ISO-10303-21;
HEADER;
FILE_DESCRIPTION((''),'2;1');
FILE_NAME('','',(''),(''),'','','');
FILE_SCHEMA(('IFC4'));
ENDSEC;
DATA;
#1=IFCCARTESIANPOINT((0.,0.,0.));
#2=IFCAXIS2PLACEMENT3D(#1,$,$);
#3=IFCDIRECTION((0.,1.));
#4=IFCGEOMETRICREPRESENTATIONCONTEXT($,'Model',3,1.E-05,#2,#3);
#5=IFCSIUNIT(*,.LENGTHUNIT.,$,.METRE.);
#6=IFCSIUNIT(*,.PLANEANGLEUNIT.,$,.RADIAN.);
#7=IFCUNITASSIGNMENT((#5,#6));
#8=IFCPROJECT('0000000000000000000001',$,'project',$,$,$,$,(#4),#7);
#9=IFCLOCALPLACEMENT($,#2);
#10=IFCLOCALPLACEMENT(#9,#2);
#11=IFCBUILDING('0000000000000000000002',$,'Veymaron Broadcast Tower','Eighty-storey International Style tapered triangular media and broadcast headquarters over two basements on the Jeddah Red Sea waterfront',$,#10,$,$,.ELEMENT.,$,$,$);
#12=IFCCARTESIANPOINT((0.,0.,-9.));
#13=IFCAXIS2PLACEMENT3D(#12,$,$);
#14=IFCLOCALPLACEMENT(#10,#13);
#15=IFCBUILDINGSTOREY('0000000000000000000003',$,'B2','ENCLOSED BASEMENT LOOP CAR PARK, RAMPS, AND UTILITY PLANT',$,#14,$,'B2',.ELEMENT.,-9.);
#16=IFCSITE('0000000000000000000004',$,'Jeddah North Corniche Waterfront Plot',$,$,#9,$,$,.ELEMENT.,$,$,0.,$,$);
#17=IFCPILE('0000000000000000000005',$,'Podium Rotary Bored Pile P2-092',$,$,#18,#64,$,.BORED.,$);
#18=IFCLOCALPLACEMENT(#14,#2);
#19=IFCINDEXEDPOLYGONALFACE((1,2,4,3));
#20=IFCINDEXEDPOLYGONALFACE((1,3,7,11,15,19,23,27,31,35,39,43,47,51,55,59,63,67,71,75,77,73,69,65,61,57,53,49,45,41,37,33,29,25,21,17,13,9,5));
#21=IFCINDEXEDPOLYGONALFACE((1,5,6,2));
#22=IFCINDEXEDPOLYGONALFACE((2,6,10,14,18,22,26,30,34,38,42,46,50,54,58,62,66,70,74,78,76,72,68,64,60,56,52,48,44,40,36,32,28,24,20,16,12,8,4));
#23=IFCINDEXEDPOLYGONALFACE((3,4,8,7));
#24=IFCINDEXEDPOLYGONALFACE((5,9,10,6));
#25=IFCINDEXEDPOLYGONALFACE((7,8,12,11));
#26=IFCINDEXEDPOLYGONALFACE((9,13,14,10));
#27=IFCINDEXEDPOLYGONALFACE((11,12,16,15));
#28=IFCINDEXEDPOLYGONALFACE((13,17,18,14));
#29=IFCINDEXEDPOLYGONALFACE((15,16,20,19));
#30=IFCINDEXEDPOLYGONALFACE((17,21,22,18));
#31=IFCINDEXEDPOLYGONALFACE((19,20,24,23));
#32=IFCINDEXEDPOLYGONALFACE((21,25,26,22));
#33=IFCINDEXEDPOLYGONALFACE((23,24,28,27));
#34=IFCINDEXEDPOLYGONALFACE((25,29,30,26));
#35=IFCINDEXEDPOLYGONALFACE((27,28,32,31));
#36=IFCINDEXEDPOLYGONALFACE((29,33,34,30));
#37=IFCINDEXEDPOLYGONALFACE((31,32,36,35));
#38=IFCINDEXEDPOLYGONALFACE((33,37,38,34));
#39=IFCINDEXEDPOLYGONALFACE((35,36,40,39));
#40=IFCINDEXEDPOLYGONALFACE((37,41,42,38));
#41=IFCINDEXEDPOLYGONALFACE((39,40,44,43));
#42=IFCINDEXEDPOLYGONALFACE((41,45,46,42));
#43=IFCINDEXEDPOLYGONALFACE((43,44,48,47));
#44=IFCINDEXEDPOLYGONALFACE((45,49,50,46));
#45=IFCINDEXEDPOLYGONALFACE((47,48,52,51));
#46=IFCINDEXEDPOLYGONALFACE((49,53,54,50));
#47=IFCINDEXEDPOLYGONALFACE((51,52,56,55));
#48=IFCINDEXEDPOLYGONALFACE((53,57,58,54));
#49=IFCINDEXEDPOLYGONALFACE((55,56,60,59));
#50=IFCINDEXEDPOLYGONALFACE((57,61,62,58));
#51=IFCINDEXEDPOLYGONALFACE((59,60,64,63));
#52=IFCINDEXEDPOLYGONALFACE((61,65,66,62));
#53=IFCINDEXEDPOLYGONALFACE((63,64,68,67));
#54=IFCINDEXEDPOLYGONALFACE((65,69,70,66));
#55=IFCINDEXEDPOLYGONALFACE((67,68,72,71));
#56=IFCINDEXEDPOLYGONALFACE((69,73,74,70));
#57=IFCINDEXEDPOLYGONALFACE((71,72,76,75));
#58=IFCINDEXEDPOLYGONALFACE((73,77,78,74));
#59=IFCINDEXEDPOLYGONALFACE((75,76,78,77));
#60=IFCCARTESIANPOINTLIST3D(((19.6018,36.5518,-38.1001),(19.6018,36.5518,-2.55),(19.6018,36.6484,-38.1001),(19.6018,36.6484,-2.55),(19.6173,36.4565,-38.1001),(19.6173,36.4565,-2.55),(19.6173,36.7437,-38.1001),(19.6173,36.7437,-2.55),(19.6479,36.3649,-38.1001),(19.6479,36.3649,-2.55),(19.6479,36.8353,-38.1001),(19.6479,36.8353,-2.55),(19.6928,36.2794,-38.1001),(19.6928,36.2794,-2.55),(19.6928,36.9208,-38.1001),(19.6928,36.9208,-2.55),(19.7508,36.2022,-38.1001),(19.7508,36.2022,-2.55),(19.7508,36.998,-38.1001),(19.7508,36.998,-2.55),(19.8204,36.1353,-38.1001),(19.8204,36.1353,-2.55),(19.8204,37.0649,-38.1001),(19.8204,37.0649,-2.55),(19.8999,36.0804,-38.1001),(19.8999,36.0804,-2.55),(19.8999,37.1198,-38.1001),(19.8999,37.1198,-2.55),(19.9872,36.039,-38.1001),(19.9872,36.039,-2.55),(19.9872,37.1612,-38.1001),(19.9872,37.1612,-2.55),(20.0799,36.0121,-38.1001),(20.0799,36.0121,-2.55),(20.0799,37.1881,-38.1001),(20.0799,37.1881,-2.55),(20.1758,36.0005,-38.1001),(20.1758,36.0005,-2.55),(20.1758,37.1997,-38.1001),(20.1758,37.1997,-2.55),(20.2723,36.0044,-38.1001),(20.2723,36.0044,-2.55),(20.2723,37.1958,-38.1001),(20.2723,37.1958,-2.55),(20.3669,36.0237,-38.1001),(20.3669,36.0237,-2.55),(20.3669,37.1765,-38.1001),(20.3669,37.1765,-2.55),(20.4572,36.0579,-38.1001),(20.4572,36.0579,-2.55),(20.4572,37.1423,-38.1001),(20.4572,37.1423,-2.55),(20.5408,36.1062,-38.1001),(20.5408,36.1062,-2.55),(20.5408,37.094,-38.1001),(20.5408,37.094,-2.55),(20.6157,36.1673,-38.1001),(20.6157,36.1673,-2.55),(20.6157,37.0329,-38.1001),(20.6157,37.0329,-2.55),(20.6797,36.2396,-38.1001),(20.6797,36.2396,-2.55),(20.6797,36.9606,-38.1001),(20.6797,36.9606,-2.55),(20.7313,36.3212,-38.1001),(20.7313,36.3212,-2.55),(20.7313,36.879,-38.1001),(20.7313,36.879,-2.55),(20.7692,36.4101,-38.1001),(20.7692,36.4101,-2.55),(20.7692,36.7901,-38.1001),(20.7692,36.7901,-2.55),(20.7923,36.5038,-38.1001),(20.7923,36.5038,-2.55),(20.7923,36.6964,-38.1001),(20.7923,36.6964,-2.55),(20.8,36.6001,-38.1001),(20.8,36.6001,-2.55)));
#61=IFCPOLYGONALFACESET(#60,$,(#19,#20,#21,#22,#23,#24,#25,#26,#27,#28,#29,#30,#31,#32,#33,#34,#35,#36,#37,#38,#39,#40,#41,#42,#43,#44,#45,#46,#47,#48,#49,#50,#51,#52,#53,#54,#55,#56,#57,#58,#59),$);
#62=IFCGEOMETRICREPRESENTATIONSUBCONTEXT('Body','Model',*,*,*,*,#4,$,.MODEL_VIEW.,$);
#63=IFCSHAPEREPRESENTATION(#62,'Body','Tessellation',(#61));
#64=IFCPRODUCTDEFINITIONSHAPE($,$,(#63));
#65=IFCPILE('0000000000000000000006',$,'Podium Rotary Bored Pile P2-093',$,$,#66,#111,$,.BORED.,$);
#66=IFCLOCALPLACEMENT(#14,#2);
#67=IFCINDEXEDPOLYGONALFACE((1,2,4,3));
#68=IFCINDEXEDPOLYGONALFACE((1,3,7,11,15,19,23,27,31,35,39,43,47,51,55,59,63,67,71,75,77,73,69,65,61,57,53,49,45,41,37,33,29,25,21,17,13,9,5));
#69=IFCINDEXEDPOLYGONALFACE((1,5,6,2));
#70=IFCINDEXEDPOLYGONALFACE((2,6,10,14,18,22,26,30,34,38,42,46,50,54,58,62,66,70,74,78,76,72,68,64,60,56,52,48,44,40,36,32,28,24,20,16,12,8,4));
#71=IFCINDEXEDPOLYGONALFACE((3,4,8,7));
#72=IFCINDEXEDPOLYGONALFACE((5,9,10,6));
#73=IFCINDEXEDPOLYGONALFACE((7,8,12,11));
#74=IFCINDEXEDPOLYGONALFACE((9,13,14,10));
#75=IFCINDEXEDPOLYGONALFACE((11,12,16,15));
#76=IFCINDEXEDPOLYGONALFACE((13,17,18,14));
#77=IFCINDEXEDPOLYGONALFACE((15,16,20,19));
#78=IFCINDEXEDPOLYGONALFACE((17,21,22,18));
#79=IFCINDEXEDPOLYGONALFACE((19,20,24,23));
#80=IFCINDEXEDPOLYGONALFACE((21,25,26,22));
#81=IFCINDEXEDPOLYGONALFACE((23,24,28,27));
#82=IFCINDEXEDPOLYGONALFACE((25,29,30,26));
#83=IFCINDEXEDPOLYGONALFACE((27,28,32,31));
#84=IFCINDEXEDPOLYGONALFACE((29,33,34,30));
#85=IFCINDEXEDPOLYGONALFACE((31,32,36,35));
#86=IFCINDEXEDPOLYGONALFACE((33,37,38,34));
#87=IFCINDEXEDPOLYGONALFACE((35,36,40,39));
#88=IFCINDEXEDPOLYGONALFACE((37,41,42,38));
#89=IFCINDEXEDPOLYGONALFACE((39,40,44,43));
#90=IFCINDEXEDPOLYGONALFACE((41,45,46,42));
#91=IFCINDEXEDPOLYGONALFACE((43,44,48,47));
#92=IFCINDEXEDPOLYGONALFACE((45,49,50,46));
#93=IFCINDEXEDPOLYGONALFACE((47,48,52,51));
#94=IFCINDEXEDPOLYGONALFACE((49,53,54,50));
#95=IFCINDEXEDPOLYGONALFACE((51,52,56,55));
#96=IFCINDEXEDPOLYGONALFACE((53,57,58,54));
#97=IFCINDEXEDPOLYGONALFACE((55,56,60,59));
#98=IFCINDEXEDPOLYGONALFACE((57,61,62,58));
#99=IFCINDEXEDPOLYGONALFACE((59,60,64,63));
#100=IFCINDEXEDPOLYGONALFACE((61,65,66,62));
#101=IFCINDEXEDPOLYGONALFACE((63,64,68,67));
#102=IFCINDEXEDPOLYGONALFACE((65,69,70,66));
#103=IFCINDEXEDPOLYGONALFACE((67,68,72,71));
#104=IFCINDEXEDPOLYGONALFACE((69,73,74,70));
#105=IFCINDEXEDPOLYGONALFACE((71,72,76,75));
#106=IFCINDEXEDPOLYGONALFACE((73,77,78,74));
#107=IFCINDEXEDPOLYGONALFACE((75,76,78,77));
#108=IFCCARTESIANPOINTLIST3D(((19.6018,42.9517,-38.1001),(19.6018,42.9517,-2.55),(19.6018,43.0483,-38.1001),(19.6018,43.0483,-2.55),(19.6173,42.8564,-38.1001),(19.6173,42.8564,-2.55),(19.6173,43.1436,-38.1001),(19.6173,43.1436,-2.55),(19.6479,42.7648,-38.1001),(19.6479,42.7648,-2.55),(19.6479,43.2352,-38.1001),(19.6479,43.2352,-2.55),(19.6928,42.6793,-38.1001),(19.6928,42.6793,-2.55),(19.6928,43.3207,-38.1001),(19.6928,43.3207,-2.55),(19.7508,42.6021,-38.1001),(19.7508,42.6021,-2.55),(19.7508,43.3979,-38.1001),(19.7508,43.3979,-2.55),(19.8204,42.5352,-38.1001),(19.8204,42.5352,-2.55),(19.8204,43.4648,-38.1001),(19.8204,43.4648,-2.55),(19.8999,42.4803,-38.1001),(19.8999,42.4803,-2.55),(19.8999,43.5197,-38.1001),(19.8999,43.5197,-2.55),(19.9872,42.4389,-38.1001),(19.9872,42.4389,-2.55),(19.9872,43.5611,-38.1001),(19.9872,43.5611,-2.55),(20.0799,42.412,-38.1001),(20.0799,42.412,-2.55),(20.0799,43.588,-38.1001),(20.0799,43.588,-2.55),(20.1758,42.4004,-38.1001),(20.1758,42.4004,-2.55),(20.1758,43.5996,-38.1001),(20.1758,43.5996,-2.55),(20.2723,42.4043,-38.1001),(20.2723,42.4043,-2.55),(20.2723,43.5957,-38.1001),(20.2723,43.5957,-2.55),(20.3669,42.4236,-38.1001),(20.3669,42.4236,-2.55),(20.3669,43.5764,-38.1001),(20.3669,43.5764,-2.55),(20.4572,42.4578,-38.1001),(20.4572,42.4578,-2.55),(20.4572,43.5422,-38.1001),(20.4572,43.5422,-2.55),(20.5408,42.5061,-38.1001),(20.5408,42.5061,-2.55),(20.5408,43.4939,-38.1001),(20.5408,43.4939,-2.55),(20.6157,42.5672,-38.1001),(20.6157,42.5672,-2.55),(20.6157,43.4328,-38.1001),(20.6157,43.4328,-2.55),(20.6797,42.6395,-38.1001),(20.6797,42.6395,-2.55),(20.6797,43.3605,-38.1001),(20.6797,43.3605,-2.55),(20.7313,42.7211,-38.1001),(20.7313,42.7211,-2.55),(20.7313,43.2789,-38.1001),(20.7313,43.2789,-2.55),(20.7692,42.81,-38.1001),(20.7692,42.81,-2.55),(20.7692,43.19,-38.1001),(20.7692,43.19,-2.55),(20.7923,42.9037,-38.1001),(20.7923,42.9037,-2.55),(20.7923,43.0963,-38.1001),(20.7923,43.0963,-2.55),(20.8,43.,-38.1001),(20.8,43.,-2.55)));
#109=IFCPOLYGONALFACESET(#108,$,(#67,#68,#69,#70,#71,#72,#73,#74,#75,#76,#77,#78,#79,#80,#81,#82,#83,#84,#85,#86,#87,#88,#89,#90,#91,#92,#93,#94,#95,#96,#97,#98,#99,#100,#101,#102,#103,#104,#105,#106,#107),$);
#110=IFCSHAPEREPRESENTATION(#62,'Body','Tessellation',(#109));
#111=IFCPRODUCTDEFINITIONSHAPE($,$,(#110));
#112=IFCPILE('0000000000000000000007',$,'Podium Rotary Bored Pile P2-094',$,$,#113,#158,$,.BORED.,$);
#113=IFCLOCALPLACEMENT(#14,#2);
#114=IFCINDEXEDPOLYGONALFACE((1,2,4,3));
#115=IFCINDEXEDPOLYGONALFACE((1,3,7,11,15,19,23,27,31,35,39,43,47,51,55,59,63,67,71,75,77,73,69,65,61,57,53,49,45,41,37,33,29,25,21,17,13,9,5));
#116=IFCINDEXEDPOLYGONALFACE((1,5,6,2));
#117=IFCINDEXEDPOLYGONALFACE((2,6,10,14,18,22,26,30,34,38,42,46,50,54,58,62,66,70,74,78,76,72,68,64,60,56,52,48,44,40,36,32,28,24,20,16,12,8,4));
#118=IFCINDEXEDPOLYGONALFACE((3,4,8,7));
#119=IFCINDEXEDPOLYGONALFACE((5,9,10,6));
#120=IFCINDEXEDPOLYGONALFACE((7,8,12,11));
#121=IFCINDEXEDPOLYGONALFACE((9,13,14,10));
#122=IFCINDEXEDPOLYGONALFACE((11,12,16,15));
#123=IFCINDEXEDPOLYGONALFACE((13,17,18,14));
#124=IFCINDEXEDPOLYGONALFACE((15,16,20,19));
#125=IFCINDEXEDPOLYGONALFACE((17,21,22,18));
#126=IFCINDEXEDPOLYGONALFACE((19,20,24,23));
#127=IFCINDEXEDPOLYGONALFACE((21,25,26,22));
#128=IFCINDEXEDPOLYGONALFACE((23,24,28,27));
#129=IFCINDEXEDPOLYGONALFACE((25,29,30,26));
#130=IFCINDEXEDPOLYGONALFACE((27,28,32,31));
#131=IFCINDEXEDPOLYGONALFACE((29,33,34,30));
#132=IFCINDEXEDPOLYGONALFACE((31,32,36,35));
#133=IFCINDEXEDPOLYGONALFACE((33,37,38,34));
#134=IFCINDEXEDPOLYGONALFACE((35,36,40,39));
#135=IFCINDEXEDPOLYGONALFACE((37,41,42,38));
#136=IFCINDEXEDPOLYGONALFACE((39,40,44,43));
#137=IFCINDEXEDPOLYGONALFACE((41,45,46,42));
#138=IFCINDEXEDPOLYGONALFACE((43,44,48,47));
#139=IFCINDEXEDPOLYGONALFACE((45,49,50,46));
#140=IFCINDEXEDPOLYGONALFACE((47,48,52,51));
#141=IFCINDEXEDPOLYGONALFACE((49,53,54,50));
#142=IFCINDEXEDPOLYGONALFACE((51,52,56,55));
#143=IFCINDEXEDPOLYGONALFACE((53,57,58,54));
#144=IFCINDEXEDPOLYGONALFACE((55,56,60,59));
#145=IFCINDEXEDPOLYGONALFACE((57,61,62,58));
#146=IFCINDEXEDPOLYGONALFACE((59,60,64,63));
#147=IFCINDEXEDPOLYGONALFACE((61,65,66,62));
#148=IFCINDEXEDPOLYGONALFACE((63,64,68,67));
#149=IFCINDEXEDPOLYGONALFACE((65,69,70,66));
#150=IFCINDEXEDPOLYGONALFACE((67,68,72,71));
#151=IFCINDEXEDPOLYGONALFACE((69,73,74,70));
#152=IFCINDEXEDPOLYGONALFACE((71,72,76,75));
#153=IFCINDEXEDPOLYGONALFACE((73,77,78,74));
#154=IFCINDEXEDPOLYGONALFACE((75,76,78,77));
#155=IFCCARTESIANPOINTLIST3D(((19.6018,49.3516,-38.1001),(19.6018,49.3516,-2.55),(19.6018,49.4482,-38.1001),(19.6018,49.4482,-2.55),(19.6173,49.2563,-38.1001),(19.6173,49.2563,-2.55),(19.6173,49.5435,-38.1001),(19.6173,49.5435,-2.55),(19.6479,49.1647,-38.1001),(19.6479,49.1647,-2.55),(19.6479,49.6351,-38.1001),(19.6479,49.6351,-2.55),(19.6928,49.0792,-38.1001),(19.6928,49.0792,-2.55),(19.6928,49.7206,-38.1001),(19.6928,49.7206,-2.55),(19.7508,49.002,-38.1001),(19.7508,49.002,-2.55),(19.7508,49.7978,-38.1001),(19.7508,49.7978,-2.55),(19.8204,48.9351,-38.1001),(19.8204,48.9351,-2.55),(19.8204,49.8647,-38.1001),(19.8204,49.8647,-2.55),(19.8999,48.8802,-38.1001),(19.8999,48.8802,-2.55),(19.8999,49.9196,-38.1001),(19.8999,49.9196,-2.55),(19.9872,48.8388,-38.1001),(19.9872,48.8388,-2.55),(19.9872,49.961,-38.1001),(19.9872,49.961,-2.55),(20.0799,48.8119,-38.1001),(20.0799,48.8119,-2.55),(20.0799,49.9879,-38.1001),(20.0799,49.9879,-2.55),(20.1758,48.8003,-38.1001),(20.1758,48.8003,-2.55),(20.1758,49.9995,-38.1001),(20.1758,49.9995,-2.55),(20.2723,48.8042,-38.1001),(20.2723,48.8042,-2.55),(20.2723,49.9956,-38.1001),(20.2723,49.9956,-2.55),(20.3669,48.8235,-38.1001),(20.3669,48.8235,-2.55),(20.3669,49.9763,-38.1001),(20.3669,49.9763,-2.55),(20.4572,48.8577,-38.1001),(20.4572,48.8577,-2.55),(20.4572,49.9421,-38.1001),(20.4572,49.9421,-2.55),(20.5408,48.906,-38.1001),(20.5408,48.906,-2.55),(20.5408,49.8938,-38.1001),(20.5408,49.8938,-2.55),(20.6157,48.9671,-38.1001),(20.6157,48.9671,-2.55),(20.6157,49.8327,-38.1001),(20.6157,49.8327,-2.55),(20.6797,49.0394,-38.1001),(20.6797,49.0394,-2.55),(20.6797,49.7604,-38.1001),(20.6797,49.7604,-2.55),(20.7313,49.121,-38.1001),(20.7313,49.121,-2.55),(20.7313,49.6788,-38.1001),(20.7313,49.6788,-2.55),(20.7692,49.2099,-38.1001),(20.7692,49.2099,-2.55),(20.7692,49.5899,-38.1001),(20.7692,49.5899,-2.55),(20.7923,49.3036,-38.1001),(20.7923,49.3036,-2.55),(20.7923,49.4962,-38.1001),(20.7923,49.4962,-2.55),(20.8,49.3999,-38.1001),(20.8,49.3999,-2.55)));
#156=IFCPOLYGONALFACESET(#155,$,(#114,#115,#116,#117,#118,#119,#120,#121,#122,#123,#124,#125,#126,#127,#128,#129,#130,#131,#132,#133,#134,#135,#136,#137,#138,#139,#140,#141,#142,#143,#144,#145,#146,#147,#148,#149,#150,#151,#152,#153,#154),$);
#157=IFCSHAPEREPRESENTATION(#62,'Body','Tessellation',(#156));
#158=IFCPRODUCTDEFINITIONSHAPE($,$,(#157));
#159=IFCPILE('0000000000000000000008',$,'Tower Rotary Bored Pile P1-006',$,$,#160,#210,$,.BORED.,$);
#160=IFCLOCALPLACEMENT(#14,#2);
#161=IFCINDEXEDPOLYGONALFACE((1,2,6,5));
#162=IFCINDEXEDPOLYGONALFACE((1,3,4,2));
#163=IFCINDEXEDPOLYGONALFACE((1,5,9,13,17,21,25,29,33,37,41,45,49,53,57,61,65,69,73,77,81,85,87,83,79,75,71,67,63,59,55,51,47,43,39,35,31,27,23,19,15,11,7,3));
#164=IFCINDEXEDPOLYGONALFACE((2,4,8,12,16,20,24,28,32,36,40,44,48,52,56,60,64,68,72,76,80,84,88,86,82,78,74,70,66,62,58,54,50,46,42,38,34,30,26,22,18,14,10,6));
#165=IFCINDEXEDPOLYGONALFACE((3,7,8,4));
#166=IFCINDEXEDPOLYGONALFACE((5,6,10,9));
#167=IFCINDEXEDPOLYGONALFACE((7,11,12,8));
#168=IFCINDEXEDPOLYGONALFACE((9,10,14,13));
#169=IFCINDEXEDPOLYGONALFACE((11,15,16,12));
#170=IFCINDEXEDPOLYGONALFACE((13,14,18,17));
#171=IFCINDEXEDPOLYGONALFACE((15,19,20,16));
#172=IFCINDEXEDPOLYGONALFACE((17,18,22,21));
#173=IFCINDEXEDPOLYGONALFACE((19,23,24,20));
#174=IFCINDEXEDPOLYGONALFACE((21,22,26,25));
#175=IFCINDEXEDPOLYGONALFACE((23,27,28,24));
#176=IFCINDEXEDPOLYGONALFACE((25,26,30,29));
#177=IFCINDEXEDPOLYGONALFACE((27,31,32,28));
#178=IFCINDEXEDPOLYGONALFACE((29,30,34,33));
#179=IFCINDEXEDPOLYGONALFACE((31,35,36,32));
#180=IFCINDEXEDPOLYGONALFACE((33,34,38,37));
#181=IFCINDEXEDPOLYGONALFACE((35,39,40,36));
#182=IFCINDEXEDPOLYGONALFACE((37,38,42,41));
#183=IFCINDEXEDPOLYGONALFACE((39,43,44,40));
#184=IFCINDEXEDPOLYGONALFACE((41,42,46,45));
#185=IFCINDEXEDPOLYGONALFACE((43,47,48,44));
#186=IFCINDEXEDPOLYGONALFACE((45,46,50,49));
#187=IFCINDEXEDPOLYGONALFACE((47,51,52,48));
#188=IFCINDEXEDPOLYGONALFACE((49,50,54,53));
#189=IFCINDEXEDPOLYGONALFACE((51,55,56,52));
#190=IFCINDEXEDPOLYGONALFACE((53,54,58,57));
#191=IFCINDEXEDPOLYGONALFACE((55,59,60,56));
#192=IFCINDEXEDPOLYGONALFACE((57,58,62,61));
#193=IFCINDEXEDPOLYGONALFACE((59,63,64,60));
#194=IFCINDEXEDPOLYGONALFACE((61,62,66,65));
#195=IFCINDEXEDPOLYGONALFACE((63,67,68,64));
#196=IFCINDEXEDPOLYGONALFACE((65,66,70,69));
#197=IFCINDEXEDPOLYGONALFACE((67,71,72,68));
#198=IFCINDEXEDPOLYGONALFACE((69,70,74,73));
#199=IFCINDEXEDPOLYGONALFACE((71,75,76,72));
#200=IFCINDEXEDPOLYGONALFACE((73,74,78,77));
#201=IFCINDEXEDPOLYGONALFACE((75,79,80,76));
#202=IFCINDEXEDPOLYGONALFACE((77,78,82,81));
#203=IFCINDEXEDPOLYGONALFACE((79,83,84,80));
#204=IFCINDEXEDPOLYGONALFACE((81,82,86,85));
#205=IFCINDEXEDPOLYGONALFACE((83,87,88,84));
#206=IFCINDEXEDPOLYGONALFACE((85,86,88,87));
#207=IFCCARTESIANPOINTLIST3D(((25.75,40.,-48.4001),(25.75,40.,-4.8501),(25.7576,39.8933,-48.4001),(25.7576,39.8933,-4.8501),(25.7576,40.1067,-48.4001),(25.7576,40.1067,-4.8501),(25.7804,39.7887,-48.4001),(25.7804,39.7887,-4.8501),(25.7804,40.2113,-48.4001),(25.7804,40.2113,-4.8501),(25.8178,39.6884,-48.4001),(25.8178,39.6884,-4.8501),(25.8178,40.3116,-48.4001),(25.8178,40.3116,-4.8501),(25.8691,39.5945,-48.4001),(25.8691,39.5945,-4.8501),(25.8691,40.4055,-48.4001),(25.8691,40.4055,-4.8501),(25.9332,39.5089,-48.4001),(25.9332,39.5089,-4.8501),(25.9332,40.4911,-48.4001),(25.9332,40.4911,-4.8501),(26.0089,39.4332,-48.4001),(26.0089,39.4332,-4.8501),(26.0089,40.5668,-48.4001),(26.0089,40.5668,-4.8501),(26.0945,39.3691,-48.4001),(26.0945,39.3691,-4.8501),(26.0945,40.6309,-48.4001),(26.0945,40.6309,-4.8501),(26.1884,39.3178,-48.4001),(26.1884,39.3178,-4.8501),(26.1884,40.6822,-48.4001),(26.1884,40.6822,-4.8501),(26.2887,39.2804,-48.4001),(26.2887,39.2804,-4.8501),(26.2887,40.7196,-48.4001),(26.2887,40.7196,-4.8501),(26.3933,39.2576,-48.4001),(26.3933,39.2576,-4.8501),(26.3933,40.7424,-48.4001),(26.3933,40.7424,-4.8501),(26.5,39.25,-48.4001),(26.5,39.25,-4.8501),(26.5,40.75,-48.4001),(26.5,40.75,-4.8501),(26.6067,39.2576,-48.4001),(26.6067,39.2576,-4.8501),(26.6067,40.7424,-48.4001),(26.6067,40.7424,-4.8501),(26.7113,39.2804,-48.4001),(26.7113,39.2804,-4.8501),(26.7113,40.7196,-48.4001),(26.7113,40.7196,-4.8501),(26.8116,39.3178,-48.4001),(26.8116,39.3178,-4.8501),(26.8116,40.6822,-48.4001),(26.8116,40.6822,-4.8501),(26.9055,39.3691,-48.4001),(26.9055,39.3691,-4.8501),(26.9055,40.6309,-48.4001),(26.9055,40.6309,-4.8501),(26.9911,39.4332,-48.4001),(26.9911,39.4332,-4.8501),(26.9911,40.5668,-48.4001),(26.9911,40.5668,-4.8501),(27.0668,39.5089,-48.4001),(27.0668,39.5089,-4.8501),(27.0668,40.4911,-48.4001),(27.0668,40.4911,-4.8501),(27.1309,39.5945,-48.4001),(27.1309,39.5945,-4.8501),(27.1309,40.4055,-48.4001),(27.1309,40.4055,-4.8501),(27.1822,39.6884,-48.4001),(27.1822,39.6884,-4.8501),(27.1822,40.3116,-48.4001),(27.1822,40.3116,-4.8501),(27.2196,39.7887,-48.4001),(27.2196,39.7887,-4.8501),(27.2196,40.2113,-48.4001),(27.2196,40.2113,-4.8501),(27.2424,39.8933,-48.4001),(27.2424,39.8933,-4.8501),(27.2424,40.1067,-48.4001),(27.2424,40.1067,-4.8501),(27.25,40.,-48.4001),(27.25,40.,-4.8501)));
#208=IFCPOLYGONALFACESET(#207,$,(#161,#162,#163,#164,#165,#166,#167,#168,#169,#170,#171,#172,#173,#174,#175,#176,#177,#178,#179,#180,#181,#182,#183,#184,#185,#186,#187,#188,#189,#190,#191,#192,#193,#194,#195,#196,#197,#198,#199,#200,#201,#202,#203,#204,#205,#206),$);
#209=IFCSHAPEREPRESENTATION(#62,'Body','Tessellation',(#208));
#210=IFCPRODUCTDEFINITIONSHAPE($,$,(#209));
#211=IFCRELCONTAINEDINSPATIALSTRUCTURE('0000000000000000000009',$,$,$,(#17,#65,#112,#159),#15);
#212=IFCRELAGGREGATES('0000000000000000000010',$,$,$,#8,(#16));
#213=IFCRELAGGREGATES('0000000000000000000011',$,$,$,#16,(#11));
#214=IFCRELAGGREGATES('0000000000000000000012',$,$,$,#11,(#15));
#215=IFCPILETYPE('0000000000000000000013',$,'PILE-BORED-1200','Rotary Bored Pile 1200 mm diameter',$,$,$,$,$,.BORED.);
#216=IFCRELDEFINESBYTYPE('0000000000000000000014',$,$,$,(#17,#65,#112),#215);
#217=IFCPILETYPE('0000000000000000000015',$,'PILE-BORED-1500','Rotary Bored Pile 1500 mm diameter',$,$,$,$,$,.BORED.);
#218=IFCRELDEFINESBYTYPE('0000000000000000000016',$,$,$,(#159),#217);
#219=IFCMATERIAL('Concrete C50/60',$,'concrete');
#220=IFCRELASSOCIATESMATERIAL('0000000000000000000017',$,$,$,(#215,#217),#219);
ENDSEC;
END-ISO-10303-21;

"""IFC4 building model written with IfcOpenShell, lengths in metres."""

from ifc_helpers import new_model, si_unit, direction, frame, origin, origin_2d, place, context, subcontext, project, spatial, circle, extrude, material, material_profile, profile_set, type_object, element, save


model = new_model("IFC4")

# Units and contexts
model_context = context("Model", 3, precision=1e-05, world=origin(), true_north=direction((0.0, 1.0)))
body_context = subcontext(model_context, "Body", "Model", "MODEL_VIEW")
ifc_project = project(units=[si_unit("LENGTHUNIT", "METRE"), si_unit("PLANEANGLEUNIT", "RADIAN")], contexts=[model_context])

# Site, building, storey
site_placement = place(None, origin())
site = spatial("IfcSite", under=ifc_project, at=site_placement, Name="Jeddah North Corniche Waterfront Plot", CompositionType="ELEMENT", RefElevation=0.0)
building_placement = place(site_placement, origin())
building = spatial("IfcBuilding", under=site, at=building_placement, Name="Veymaron Broadcast Tower", Description="Eighty-storey International Style tapered triangular media and broadcast headquarters over two basements on the Jeddah Red Sea waterfront", CompositionType="ELEMENT")
storey_placement = place(building_placement, frame((0.0, 0.0, -9.0)))
storey = spatial("IfcBuildingStorey", under=building, at=storey_placement, Name="B2", Description="ENCLOSED BASEMENT LOOP CAR PARK, RAMPS, AND UTILITY PLANT", LongName="B2", CompositionType="ELEMENT", Elevation=-9.0)

# Piles
ifc_material_1 = material(Name="Concrete C50/60", Category="concrete")
ifc_material_profile_1 = material_profile(ifc_material_1, circle(Radius=0.6001, at=origin_2d()), Name="PILE1200")
ifc_profile_set_1 = profile_set([ifc_material_profile_1], Name="Concrete C50/60")
pile_type_1 = type_object("IfcPileType", Name="PILE-BORED-1200", Description="Rotary Bored Pile 1200 mm diameter", PredefinedType="BORED", material=ifc_profile_set_1)
for number, where, z_axis, x_axis, name in (
    (1, (20.2, 36.6001, -2.55), (0.0, 0.0, -1.0), (1.0, 0.0, 0.0), "Podium Rotary Bored Pile P2-092"),
    (2, (20.2, 43.0, -2.55), (0.0, 0.0, -1.0), (1.0, 0.0, 0.0), "Podium Rotary Bored Pile P2-093"),
    (3, (20.2, 49.3999, -2.55), (0.0, 0.0, -1.0), (1.0, 0.0, 0.0), "Podium Rotary Bored Pile P2-094"),
):
    element("IfcPile", number, at=place(storey_placement, frame(where, z_axis=z_axis, x_axis=x_axis)), inside=storey, type_object=pile_type_1, Name=name, PredefinedType="BORED", context=body_context, shape_type="SweptSolid", body=[
        extrude(circle(Radius=0.6001, at=origin_2d()), origin(), (0.0, 0.0, 1.0), 35.55),
    ])
ifc_material_profile_2 = material_profile(ifc_material_1, circle(Radius=0.75, at=origin_2d()), Name="PILE1500")
ifc_profile_set_2 = profile_set([ifc_material_profile_2], Name="Concrete C50/60")
pile_type_2 = type_object("IfcPileType", Name="PILE-BORED-1500", Description="Rotary Bored Pile 1500 mm diameter", PredefinedType="BORED", material=ifc_profile_set_2)
for number, where, z_axis, x_axis, name in (
    (4, (26.5, 40.0, -4.8501), (0.0, 0.0, -1.0), (1.0, 0.0, 0.0), "Tower Rotary Bored Pile P1-006"),
):
    element("IfcPile", number, at=place(storey_placement, frame(where, z_axis=z_axis, x_axis=x_axis)), inside=storey, type_object=pile_type_2, Name=name, PredefinedType="BORED", context=body_context, shape_type="SweptSolid", body=[
        extrude(circle(Radius=0.75, at=origin_2d()), origin(), (0.0, 0.0, 1.0), 43.55),
    ])

save(model, "model.ifc")
